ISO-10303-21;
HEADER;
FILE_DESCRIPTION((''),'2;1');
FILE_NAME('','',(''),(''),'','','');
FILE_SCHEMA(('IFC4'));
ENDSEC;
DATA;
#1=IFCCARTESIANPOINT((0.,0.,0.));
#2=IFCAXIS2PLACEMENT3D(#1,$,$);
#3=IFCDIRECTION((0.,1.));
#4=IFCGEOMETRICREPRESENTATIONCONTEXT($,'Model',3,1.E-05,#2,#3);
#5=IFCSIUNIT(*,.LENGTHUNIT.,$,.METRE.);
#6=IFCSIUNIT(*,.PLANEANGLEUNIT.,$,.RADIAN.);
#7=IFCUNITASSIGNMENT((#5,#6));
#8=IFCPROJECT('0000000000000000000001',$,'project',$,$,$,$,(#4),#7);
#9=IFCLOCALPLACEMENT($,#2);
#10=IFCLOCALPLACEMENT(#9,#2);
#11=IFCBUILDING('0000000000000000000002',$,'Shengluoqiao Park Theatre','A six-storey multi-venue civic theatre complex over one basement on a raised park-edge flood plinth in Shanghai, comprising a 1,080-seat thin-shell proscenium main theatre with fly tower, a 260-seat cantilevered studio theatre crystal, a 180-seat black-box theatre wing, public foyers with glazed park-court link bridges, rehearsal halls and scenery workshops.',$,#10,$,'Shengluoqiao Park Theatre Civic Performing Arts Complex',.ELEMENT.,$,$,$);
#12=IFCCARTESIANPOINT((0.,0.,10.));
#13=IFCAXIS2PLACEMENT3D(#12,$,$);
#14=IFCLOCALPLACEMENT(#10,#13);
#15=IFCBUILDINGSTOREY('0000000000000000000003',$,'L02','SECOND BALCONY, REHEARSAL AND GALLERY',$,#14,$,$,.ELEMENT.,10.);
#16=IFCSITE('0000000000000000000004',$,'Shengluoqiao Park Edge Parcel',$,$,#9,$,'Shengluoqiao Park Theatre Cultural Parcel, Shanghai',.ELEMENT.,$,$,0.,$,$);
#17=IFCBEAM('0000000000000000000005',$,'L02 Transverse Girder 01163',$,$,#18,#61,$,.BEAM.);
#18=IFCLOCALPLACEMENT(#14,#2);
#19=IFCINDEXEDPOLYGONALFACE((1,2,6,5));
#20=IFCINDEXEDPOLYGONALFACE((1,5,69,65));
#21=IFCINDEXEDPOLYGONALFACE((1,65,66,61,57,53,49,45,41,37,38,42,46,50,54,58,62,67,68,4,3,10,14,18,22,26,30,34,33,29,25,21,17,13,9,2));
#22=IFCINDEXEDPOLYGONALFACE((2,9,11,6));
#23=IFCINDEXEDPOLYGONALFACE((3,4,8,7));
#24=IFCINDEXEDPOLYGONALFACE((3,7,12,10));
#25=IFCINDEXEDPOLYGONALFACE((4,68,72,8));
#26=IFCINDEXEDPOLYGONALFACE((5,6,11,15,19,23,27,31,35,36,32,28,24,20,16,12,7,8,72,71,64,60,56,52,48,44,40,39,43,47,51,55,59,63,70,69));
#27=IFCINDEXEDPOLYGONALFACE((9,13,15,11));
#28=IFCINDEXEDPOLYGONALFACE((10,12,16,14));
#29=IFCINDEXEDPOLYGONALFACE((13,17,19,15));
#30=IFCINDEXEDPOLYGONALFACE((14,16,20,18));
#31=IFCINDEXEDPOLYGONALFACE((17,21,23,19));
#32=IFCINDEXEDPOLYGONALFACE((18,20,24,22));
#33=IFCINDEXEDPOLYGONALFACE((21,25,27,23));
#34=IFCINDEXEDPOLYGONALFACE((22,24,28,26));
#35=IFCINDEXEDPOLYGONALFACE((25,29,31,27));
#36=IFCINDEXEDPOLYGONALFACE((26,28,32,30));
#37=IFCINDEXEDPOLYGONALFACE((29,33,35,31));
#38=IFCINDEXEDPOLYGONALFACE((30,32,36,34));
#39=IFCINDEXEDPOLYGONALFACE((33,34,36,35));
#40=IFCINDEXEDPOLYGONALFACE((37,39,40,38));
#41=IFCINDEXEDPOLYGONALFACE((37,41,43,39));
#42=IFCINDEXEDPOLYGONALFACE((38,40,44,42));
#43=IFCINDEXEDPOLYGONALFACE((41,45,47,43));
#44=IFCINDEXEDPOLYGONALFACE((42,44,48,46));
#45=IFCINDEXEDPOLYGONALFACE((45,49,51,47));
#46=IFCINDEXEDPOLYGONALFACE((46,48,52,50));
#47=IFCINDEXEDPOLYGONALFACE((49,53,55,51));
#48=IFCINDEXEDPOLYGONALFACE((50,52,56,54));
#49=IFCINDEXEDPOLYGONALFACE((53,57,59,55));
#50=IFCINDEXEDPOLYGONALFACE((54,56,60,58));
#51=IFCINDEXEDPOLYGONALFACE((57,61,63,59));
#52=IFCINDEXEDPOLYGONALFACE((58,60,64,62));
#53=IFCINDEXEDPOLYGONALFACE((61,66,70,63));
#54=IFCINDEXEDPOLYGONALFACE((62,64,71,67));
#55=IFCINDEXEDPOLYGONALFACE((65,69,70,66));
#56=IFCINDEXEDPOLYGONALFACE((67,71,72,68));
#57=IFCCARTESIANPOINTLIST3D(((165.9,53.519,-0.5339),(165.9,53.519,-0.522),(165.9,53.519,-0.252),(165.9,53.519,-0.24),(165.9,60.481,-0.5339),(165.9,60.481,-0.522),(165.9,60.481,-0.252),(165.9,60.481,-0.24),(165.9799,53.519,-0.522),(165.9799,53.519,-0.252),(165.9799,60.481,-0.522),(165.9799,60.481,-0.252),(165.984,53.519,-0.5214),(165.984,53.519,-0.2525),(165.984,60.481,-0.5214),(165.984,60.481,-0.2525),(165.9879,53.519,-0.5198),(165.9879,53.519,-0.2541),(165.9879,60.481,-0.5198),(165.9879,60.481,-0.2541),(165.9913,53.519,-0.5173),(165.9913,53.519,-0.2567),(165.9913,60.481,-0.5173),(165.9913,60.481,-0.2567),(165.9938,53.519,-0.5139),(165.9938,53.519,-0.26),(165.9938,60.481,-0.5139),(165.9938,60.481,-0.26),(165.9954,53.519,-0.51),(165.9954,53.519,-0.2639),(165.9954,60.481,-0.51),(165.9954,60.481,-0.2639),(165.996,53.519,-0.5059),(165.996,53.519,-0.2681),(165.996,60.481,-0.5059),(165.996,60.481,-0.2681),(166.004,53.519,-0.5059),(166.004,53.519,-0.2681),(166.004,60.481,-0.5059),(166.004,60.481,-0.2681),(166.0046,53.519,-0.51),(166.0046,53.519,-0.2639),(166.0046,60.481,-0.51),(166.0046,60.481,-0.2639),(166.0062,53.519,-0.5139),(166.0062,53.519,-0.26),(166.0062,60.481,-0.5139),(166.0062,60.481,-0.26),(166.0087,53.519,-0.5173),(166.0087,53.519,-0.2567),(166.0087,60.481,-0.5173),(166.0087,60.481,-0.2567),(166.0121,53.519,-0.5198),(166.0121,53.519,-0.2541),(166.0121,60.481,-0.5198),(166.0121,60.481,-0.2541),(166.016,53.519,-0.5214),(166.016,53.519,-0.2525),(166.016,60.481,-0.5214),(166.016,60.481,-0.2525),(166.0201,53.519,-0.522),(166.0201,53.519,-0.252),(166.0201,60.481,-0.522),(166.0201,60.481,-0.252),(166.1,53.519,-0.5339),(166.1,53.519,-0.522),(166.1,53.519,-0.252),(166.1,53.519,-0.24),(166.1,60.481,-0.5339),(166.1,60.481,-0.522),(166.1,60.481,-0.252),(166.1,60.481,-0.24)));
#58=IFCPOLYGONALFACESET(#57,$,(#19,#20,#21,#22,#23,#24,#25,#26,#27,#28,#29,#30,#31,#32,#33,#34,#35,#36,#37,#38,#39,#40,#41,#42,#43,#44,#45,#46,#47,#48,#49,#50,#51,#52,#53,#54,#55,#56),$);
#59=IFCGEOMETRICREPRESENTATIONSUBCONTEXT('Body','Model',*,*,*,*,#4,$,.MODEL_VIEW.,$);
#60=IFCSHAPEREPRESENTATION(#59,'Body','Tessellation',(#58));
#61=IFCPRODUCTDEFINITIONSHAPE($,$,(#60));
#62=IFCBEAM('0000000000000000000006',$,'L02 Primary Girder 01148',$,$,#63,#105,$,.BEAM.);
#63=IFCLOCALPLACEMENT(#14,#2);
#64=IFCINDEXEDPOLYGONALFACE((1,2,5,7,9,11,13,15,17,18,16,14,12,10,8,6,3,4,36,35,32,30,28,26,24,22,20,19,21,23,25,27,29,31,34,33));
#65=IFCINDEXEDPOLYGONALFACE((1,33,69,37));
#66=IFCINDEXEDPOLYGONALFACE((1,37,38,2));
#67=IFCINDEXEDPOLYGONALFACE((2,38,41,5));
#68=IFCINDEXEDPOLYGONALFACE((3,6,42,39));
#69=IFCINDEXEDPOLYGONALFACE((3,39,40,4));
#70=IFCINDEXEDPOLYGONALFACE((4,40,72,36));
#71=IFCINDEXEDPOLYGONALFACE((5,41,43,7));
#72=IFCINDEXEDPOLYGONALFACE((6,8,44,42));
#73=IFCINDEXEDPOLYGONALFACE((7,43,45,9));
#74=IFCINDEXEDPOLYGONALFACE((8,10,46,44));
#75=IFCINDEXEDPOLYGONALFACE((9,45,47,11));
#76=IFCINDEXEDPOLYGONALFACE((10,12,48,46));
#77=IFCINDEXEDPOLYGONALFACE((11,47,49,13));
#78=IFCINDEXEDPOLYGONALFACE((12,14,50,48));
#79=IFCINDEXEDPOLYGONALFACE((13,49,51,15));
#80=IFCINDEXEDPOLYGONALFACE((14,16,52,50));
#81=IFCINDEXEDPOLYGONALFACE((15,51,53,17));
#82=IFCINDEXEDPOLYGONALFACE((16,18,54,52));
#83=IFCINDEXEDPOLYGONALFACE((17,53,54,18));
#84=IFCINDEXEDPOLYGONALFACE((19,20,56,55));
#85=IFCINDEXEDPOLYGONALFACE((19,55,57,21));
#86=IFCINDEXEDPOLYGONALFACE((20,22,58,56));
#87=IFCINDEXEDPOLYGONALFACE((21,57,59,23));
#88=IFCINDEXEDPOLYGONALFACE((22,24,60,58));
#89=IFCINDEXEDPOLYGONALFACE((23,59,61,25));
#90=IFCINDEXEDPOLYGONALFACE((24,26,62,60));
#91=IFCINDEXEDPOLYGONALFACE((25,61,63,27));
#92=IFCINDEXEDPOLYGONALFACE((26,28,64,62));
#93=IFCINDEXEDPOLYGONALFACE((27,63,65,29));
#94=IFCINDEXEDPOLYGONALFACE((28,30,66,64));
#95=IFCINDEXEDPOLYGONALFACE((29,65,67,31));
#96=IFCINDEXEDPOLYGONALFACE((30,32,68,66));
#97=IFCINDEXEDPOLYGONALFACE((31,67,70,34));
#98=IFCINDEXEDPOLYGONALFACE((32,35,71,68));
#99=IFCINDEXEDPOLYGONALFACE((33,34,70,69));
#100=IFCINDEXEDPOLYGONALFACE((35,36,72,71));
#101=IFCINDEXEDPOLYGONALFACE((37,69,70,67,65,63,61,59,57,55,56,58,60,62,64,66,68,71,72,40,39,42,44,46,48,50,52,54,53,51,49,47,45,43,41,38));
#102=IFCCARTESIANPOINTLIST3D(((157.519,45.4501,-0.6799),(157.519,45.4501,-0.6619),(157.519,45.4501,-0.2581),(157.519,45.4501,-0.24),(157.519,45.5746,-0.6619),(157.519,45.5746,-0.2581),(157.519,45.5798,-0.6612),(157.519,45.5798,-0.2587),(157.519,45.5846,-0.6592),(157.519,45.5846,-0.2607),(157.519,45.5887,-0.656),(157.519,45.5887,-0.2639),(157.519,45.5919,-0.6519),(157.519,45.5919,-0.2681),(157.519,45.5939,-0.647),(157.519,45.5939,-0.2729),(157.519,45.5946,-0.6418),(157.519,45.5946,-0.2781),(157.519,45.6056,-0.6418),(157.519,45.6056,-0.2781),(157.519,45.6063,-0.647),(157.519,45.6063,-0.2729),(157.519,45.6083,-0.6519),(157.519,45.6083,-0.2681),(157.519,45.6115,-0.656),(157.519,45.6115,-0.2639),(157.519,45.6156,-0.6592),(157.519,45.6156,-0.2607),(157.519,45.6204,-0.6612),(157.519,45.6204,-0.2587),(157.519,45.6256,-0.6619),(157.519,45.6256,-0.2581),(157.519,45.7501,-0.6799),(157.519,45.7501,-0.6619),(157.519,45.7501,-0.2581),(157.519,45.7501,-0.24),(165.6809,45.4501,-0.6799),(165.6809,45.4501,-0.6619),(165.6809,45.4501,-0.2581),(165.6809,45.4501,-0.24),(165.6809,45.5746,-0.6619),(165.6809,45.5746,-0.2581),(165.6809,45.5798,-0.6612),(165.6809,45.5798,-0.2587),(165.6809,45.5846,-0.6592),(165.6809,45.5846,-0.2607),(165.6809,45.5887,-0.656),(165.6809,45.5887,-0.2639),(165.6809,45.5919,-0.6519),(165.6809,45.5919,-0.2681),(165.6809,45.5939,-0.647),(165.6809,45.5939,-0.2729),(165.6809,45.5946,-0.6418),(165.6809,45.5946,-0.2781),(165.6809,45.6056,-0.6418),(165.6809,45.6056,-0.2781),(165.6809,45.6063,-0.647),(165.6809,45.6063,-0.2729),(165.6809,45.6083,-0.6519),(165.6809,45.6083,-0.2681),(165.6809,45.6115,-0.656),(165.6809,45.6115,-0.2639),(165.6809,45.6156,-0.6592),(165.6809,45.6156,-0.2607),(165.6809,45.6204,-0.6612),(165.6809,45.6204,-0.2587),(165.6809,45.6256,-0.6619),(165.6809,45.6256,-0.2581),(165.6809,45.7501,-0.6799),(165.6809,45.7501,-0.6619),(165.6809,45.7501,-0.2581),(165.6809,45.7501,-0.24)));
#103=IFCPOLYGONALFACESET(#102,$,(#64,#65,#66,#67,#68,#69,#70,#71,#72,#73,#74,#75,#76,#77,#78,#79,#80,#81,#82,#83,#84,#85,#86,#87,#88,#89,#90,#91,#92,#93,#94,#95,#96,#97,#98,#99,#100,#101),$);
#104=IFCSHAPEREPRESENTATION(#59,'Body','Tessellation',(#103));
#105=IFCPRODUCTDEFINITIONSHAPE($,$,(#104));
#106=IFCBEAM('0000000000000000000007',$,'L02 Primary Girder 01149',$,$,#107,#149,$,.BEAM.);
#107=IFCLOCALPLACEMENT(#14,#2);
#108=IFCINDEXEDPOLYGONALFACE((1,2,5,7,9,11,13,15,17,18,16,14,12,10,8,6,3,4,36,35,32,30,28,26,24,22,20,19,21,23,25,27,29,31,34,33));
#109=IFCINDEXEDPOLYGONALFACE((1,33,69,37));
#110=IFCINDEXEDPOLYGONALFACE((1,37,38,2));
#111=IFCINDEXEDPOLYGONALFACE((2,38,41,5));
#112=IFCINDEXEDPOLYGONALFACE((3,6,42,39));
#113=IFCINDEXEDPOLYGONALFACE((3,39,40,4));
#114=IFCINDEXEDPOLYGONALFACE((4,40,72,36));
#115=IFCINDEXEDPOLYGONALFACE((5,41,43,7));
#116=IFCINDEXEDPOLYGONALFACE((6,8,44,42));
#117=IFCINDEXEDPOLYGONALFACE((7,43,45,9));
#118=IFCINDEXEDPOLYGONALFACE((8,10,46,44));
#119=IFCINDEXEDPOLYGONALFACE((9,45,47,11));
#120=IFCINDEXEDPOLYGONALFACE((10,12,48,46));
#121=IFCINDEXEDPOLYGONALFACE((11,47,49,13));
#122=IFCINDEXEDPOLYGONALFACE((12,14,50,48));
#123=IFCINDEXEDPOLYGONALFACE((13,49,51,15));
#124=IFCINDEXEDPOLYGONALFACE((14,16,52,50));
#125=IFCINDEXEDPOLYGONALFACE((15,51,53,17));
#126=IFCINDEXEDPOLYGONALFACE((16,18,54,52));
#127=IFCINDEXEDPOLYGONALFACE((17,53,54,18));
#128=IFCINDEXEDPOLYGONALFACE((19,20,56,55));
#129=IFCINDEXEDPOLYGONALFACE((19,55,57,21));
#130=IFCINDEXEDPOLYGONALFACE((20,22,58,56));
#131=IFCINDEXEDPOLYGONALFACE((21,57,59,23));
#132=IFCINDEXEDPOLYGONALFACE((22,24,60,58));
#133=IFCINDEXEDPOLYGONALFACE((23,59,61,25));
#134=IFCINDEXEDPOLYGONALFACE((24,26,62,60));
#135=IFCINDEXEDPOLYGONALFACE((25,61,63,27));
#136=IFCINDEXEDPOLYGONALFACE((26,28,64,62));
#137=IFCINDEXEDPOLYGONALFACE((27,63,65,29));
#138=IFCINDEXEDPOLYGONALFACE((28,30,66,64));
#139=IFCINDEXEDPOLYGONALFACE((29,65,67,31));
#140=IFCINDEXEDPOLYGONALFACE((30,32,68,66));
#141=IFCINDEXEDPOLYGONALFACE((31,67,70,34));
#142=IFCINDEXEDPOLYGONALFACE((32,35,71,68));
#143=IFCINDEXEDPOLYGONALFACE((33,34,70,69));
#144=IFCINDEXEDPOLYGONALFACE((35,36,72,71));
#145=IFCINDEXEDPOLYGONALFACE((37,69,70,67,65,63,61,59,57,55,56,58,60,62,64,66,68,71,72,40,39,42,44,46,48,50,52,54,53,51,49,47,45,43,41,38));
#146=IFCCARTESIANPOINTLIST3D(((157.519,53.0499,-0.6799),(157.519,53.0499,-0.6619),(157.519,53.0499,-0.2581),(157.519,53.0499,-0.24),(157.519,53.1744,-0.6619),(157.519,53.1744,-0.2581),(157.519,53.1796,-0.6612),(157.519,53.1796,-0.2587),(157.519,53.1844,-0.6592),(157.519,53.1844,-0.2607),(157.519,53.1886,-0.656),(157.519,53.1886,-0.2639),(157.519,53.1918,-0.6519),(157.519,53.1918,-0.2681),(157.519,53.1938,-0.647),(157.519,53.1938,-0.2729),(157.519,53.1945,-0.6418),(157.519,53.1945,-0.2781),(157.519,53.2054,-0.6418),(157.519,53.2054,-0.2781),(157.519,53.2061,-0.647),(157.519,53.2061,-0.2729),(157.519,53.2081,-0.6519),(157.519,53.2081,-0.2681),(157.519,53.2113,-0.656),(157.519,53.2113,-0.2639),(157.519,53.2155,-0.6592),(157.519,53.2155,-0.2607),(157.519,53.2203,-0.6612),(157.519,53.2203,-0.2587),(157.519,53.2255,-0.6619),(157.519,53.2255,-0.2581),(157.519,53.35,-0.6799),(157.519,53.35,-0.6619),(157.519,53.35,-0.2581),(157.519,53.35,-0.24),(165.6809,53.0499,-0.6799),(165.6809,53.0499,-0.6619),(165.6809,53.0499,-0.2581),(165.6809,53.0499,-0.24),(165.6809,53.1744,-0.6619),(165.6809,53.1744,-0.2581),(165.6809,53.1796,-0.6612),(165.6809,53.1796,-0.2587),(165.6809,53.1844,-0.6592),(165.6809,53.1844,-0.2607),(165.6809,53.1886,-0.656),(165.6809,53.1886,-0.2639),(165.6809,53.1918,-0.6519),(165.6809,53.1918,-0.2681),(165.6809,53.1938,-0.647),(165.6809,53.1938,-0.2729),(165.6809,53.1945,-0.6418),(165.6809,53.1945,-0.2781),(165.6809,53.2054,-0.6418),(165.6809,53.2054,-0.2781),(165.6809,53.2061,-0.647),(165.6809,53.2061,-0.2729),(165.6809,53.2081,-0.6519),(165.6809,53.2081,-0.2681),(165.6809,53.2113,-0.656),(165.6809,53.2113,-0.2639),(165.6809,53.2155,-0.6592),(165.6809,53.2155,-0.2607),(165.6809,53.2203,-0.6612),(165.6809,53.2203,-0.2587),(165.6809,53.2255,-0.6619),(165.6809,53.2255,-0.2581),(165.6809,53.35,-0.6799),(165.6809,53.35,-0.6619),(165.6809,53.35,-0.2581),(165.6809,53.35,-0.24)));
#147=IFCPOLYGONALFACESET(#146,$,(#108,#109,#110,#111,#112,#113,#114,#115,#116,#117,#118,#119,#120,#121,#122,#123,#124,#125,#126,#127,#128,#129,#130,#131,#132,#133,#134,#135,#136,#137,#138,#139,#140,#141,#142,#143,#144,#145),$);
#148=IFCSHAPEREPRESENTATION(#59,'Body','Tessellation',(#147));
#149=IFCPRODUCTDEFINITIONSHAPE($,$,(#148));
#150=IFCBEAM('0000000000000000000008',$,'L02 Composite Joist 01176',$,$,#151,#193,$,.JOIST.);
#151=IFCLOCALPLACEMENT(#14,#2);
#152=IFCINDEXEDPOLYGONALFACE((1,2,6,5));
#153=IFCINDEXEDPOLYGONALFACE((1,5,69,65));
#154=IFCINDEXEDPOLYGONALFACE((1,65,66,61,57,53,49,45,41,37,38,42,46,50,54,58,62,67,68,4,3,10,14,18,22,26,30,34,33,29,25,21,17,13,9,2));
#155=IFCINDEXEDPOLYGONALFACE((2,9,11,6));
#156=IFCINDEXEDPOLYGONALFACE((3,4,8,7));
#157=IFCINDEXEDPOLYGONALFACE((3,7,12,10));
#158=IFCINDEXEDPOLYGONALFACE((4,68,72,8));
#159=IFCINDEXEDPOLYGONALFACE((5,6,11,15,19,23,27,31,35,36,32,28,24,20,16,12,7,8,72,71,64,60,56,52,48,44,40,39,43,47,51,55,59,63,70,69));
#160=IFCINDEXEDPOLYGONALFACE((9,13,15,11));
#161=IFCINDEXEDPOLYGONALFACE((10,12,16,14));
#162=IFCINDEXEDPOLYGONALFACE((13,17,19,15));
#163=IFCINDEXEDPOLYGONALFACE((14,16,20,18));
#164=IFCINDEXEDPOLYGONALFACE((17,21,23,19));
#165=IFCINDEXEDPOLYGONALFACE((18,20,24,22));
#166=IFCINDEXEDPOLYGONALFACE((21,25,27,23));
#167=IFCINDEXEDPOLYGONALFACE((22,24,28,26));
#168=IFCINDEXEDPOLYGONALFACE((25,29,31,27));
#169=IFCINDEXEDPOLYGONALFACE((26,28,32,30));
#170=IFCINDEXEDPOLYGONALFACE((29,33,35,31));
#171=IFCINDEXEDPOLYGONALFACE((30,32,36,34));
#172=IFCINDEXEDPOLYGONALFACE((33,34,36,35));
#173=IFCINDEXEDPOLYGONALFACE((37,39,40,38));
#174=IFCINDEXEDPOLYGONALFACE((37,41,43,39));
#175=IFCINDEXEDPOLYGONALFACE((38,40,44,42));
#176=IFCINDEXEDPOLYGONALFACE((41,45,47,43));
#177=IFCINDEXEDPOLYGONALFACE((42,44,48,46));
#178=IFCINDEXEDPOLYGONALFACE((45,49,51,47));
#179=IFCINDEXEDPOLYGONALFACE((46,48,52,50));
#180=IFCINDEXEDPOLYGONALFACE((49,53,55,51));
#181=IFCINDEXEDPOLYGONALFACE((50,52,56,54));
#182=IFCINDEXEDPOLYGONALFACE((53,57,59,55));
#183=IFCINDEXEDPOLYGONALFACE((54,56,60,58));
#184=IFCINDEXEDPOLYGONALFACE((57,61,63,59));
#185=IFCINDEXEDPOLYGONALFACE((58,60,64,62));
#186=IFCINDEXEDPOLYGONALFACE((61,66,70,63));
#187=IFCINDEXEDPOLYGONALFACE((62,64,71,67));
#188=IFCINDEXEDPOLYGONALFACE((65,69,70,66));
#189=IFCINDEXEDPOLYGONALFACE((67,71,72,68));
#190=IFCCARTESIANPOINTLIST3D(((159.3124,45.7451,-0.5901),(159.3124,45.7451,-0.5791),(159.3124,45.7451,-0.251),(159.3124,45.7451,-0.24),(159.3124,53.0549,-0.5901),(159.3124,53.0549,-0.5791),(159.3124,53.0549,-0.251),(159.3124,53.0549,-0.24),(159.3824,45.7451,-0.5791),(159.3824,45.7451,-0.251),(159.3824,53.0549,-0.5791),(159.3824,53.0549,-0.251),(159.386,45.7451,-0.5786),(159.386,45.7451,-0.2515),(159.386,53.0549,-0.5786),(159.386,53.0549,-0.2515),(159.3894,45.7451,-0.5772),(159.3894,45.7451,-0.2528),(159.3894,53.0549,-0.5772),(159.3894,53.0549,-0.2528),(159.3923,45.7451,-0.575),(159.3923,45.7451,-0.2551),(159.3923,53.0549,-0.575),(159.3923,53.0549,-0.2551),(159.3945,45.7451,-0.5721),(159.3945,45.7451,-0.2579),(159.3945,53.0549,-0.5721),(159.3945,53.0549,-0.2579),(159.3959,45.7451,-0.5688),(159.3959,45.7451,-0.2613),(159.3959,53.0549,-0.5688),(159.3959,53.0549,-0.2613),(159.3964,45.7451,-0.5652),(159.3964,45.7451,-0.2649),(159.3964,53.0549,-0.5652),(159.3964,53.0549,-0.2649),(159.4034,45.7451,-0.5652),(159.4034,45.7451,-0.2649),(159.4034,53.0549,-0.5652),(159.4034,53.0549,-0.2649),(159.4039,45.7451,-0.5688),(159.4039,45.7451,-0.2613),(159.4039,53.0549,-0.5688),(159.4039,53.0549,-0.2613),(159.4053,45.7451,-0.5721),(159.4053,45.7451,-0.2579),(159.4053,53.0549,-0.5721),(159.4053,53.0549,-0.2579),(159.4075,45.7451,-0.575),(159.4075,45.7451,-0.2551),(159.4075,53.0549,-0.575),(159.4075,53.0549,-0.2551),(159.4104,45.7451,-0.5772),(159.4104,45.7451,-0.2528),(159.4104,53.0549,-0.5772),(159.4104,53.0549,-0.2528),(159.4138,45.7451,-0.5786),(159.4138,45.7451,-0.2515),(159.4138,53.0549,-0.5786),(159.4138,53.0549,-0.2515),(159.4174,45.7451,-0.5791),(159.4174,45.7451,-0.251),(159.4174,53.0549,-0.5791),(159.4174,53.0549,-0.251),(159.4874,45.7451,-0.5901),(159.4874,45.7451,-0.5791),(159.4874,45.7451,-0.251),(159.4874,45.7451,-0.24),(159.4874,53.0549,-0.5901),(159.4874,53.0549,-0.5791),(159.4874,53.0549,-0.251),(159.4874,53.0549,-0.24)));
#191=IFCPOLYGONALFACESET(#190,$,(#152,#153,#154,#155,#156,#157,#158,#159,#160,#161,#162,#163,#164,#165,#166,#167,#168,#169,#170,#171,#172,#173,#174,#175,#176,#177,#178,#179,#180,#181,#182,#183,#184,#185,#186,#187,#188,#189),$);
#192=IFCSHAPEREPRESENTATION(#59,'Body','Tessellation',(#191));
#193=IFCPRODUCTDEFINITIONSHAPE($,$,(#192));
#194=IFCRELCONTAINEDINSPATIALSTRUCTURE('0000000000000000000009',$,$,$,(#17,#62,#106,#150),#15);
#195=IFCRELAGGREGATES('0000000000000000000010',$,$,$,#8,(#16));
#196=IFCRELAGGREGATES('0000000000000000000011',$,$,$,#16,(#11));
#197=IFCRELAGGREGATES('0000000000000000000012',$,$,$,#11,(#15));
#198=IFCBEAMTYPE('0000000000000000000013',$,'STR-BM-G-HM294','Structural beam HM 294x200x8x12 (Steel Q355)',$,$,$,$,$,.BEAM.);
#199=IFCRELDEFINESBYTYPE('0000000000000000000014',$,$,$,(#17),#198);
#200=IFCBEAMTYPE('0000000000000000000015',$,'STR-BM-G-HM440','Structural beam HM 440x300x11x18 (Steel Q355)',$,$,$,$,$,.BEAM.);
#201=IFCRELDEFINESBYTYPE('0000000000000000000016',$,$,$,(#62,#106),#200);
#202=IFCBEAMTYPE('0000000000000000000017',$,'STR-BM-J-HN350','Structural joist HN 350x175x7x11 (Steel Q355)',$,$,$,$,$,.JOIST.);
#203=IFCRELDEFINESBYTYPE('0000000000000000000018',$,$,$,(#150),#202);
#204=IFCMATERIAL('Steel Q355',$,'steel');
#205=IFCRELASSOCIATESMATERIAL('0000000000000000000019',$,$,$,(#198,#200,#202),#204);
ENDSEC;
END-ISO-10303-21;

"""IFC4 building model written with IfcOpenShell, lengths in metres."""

from ifc_helpers import new_model, si_unit, direction, frame, origin, origin_2d, place, context, subcontext, project, spatial, i_section, extrude, material, material_profile, profile_set, type_object, element, save


model = new_model("IFC4")

# Units and contexts
model_context = context("Model", 3, precision=1e-05, world=origin(), true_north=direction((0.0, 1.0)))
body_context = subcontext(model_context, "Body", "Model", "MODEL_VIEW")
ifc_project = project(units=[si_unit("LENGTHUNIT", "METRE"), si_unit("PLANEANGLEUNIT", "RADIAN")], contexts=[model_context])

# Site, building, storey
site_placement = place(None, origin())
site = spatial("IfcSite", under=ifc_project, at=site_placement, Name="Shengluoqiao Park Edge Parcel", LongName="Shengluoqiao Park Theatre Cultural Parcel, Shanghai", CompositionType="ELEMENT", RefElevation=0.0)
building_placement = place(site_placement, origin())
building = spatial("IfcBuilding", under=site, at=building_placement, Name="Shengluoqiao Park Theatre", Description="A six-storey multi-venue civic theatre complex over one basement on a raised park-edge flood plinth in Shanghai, comprising a 1,080-seat thin-shell proscenium main theatre with fly tower, a 260-seat cantilevered studio theatre crystal, a 180-seat black-box theatre wing, public foyers with glazed park-court link bridges, rehearsal halls and scenery workshops.", LongName="Shengluoqiao Park Theatre Civic Performing Arts Complex", CompositionType="ELEMENT")
storey_placement = place(building_placement, frame((0.0, 0.0, 10.0)))
storey = spatial("IfcBuildingStorey", under=building, at=storey_placement, Name="L02", Description="SECOND BALCONY, REHEARSAL AND GALLERY", CompositionType="ELEMENT", Elevation=10.0)

# Beams
ifc_material_1 = material(Name="Steel Q355", Category="steel")
ifc_material_profile_1 = material_profile(ifc_material_1, i_section(OverallWidth=0.2, OverallDepth=0.2939, WebThickness=0.0081, FlangeThickness=0.012, FilletRadius=0.0161, at=origin_2d()), Name="HM 294x200x8x12")
ifc_profile_set_1 = profile_set([ifc_material_profile_1], Name="Steel Q355")
beam_type_1 = type_object("IfcBeamType", Name="STR-BM-G-HM294", Description="Structural beam HM 294x200x8x12 (Steel Q355)", PredefinedType="BEAM", material=ifc_profile_set_1)
beam_1_placement = place(storey_placement, frame((166.0, 53.519, -0.387), z_axis=(0.0, 1.0, 0.0), x_axis=(-1.0, 0.0, 0.0)))
element("IfcBeam", 1, at=beam_1_placement, inside=storey, type_object=beam_type_1, Name="L02 Transverse Girder 01163", PredefinedType="BEAM", context=body_context, shape_type="SweptSolid", body=[
    extrude(i_section(OverallWidth=0.2, OverallDepth=0.2939, WebThickness=0.0081, FlangeThickness=0.012, FilletRadius=0.0161, at=origin_2d()), origin(), (0.0, 0.0, 1.0), 6.9619),
])
ifc_material_profile_2 = material_profile(ifc_material_1, i_section(OverallWidth=0.3, OverallDepth=0.4399, WebThickness=0.011, FlangeThickness=0.0181, FilletRadius=0.02, at=origin_2d()), Name="HM 440x300x11x18")
ifc_profile_set_2 = profile_set([ifc_material_profile_2], Name="Steel Q355")
beam_type_2 = type_object("IfcBeamType", Name="STR-BM-G-HM440", Description="Structural beam HM 440x300x11x18 (Steel Q355)", PredefinedType="BEAM", material=ifc_profile_set_2)
for number, where, z_axis, x_axis, name in (
    (2, (157.519, 45.6001, -0.46), (1.0, 0.0, 0.0), (0.0, 1.0, 0.0), "L02 Primary Girder 01148"),
    (3, (157.519, 53.2, -0.46), (1.0, 0.0, 0.0), (0.0, 1.0, 0.0), "L02 Primary Girder 01149"),
):
    element("IfcBeam", number, at=place(storey_placement, frame(where, z_axis=z_axis, x_axis=x_axis)), inside=storey, type_object=beam_type_2, Name=name, PredefinedType="BEAM", context=body_context, shape_type="SweptSolid", body=[
        extrude(i_section(OverallWidth=0.3, OverallDepth=0.4399, WebThickness=0.011, FlangeThickness=0.0181, FilletRadius=0.02, at=origin_2d()), origin(), (0.0, 0.0, 1.0), 8.1619),
    ])
ifc_material_profile_3 = material_profile(ifc_material_1, i_section(OverallWidth=0.175, OverallDepth=0.3501, WebThickness=0.0071, FlangeThickness=0.011, FilletRadius=0.0139, at=origin_2d()), Name="HN 350x175x7x11")
ifc_profile_set_3 = profile_set([ifc_material_profile_3], Name="Steel Q355")
beam_type_3 = type_object("IfcBeamType", Name="STR-BM-J-HN350", Description="Structural joist HN 350x175x7x11 (Steel Q355)", PredefinedType="JOIST", material=ifc_profile_set_3)
for number, where, z_axis, x_axis, name in (
    (4, (159.3999, 45.7451, -0.415), (0.0, 1.0, 0.0), (-1.0, 0.0, 0.0), "L02 Composite Joist 01176"),
):
    element("IfcBeam", number, at=place(storey_placement, frame(where, z_axis=z_axis, x_axis=x_axis)), inside=storey, type_object=beam_type_3, Name=name, PredefinedType="JOIST", context=body_context, shape_type="SweptSolid", body=[
        extrude(i_section(OverallWidth=0.175, OverallDepth=0.3501, WebThickness=0.0071, FlangeThickness=0.011, FilletRadius=0.0139, at=origin_2d()), origin(), (0.0, 0.0, 1.0), 7.3098),
    ])

save(model, "model.ifc")
